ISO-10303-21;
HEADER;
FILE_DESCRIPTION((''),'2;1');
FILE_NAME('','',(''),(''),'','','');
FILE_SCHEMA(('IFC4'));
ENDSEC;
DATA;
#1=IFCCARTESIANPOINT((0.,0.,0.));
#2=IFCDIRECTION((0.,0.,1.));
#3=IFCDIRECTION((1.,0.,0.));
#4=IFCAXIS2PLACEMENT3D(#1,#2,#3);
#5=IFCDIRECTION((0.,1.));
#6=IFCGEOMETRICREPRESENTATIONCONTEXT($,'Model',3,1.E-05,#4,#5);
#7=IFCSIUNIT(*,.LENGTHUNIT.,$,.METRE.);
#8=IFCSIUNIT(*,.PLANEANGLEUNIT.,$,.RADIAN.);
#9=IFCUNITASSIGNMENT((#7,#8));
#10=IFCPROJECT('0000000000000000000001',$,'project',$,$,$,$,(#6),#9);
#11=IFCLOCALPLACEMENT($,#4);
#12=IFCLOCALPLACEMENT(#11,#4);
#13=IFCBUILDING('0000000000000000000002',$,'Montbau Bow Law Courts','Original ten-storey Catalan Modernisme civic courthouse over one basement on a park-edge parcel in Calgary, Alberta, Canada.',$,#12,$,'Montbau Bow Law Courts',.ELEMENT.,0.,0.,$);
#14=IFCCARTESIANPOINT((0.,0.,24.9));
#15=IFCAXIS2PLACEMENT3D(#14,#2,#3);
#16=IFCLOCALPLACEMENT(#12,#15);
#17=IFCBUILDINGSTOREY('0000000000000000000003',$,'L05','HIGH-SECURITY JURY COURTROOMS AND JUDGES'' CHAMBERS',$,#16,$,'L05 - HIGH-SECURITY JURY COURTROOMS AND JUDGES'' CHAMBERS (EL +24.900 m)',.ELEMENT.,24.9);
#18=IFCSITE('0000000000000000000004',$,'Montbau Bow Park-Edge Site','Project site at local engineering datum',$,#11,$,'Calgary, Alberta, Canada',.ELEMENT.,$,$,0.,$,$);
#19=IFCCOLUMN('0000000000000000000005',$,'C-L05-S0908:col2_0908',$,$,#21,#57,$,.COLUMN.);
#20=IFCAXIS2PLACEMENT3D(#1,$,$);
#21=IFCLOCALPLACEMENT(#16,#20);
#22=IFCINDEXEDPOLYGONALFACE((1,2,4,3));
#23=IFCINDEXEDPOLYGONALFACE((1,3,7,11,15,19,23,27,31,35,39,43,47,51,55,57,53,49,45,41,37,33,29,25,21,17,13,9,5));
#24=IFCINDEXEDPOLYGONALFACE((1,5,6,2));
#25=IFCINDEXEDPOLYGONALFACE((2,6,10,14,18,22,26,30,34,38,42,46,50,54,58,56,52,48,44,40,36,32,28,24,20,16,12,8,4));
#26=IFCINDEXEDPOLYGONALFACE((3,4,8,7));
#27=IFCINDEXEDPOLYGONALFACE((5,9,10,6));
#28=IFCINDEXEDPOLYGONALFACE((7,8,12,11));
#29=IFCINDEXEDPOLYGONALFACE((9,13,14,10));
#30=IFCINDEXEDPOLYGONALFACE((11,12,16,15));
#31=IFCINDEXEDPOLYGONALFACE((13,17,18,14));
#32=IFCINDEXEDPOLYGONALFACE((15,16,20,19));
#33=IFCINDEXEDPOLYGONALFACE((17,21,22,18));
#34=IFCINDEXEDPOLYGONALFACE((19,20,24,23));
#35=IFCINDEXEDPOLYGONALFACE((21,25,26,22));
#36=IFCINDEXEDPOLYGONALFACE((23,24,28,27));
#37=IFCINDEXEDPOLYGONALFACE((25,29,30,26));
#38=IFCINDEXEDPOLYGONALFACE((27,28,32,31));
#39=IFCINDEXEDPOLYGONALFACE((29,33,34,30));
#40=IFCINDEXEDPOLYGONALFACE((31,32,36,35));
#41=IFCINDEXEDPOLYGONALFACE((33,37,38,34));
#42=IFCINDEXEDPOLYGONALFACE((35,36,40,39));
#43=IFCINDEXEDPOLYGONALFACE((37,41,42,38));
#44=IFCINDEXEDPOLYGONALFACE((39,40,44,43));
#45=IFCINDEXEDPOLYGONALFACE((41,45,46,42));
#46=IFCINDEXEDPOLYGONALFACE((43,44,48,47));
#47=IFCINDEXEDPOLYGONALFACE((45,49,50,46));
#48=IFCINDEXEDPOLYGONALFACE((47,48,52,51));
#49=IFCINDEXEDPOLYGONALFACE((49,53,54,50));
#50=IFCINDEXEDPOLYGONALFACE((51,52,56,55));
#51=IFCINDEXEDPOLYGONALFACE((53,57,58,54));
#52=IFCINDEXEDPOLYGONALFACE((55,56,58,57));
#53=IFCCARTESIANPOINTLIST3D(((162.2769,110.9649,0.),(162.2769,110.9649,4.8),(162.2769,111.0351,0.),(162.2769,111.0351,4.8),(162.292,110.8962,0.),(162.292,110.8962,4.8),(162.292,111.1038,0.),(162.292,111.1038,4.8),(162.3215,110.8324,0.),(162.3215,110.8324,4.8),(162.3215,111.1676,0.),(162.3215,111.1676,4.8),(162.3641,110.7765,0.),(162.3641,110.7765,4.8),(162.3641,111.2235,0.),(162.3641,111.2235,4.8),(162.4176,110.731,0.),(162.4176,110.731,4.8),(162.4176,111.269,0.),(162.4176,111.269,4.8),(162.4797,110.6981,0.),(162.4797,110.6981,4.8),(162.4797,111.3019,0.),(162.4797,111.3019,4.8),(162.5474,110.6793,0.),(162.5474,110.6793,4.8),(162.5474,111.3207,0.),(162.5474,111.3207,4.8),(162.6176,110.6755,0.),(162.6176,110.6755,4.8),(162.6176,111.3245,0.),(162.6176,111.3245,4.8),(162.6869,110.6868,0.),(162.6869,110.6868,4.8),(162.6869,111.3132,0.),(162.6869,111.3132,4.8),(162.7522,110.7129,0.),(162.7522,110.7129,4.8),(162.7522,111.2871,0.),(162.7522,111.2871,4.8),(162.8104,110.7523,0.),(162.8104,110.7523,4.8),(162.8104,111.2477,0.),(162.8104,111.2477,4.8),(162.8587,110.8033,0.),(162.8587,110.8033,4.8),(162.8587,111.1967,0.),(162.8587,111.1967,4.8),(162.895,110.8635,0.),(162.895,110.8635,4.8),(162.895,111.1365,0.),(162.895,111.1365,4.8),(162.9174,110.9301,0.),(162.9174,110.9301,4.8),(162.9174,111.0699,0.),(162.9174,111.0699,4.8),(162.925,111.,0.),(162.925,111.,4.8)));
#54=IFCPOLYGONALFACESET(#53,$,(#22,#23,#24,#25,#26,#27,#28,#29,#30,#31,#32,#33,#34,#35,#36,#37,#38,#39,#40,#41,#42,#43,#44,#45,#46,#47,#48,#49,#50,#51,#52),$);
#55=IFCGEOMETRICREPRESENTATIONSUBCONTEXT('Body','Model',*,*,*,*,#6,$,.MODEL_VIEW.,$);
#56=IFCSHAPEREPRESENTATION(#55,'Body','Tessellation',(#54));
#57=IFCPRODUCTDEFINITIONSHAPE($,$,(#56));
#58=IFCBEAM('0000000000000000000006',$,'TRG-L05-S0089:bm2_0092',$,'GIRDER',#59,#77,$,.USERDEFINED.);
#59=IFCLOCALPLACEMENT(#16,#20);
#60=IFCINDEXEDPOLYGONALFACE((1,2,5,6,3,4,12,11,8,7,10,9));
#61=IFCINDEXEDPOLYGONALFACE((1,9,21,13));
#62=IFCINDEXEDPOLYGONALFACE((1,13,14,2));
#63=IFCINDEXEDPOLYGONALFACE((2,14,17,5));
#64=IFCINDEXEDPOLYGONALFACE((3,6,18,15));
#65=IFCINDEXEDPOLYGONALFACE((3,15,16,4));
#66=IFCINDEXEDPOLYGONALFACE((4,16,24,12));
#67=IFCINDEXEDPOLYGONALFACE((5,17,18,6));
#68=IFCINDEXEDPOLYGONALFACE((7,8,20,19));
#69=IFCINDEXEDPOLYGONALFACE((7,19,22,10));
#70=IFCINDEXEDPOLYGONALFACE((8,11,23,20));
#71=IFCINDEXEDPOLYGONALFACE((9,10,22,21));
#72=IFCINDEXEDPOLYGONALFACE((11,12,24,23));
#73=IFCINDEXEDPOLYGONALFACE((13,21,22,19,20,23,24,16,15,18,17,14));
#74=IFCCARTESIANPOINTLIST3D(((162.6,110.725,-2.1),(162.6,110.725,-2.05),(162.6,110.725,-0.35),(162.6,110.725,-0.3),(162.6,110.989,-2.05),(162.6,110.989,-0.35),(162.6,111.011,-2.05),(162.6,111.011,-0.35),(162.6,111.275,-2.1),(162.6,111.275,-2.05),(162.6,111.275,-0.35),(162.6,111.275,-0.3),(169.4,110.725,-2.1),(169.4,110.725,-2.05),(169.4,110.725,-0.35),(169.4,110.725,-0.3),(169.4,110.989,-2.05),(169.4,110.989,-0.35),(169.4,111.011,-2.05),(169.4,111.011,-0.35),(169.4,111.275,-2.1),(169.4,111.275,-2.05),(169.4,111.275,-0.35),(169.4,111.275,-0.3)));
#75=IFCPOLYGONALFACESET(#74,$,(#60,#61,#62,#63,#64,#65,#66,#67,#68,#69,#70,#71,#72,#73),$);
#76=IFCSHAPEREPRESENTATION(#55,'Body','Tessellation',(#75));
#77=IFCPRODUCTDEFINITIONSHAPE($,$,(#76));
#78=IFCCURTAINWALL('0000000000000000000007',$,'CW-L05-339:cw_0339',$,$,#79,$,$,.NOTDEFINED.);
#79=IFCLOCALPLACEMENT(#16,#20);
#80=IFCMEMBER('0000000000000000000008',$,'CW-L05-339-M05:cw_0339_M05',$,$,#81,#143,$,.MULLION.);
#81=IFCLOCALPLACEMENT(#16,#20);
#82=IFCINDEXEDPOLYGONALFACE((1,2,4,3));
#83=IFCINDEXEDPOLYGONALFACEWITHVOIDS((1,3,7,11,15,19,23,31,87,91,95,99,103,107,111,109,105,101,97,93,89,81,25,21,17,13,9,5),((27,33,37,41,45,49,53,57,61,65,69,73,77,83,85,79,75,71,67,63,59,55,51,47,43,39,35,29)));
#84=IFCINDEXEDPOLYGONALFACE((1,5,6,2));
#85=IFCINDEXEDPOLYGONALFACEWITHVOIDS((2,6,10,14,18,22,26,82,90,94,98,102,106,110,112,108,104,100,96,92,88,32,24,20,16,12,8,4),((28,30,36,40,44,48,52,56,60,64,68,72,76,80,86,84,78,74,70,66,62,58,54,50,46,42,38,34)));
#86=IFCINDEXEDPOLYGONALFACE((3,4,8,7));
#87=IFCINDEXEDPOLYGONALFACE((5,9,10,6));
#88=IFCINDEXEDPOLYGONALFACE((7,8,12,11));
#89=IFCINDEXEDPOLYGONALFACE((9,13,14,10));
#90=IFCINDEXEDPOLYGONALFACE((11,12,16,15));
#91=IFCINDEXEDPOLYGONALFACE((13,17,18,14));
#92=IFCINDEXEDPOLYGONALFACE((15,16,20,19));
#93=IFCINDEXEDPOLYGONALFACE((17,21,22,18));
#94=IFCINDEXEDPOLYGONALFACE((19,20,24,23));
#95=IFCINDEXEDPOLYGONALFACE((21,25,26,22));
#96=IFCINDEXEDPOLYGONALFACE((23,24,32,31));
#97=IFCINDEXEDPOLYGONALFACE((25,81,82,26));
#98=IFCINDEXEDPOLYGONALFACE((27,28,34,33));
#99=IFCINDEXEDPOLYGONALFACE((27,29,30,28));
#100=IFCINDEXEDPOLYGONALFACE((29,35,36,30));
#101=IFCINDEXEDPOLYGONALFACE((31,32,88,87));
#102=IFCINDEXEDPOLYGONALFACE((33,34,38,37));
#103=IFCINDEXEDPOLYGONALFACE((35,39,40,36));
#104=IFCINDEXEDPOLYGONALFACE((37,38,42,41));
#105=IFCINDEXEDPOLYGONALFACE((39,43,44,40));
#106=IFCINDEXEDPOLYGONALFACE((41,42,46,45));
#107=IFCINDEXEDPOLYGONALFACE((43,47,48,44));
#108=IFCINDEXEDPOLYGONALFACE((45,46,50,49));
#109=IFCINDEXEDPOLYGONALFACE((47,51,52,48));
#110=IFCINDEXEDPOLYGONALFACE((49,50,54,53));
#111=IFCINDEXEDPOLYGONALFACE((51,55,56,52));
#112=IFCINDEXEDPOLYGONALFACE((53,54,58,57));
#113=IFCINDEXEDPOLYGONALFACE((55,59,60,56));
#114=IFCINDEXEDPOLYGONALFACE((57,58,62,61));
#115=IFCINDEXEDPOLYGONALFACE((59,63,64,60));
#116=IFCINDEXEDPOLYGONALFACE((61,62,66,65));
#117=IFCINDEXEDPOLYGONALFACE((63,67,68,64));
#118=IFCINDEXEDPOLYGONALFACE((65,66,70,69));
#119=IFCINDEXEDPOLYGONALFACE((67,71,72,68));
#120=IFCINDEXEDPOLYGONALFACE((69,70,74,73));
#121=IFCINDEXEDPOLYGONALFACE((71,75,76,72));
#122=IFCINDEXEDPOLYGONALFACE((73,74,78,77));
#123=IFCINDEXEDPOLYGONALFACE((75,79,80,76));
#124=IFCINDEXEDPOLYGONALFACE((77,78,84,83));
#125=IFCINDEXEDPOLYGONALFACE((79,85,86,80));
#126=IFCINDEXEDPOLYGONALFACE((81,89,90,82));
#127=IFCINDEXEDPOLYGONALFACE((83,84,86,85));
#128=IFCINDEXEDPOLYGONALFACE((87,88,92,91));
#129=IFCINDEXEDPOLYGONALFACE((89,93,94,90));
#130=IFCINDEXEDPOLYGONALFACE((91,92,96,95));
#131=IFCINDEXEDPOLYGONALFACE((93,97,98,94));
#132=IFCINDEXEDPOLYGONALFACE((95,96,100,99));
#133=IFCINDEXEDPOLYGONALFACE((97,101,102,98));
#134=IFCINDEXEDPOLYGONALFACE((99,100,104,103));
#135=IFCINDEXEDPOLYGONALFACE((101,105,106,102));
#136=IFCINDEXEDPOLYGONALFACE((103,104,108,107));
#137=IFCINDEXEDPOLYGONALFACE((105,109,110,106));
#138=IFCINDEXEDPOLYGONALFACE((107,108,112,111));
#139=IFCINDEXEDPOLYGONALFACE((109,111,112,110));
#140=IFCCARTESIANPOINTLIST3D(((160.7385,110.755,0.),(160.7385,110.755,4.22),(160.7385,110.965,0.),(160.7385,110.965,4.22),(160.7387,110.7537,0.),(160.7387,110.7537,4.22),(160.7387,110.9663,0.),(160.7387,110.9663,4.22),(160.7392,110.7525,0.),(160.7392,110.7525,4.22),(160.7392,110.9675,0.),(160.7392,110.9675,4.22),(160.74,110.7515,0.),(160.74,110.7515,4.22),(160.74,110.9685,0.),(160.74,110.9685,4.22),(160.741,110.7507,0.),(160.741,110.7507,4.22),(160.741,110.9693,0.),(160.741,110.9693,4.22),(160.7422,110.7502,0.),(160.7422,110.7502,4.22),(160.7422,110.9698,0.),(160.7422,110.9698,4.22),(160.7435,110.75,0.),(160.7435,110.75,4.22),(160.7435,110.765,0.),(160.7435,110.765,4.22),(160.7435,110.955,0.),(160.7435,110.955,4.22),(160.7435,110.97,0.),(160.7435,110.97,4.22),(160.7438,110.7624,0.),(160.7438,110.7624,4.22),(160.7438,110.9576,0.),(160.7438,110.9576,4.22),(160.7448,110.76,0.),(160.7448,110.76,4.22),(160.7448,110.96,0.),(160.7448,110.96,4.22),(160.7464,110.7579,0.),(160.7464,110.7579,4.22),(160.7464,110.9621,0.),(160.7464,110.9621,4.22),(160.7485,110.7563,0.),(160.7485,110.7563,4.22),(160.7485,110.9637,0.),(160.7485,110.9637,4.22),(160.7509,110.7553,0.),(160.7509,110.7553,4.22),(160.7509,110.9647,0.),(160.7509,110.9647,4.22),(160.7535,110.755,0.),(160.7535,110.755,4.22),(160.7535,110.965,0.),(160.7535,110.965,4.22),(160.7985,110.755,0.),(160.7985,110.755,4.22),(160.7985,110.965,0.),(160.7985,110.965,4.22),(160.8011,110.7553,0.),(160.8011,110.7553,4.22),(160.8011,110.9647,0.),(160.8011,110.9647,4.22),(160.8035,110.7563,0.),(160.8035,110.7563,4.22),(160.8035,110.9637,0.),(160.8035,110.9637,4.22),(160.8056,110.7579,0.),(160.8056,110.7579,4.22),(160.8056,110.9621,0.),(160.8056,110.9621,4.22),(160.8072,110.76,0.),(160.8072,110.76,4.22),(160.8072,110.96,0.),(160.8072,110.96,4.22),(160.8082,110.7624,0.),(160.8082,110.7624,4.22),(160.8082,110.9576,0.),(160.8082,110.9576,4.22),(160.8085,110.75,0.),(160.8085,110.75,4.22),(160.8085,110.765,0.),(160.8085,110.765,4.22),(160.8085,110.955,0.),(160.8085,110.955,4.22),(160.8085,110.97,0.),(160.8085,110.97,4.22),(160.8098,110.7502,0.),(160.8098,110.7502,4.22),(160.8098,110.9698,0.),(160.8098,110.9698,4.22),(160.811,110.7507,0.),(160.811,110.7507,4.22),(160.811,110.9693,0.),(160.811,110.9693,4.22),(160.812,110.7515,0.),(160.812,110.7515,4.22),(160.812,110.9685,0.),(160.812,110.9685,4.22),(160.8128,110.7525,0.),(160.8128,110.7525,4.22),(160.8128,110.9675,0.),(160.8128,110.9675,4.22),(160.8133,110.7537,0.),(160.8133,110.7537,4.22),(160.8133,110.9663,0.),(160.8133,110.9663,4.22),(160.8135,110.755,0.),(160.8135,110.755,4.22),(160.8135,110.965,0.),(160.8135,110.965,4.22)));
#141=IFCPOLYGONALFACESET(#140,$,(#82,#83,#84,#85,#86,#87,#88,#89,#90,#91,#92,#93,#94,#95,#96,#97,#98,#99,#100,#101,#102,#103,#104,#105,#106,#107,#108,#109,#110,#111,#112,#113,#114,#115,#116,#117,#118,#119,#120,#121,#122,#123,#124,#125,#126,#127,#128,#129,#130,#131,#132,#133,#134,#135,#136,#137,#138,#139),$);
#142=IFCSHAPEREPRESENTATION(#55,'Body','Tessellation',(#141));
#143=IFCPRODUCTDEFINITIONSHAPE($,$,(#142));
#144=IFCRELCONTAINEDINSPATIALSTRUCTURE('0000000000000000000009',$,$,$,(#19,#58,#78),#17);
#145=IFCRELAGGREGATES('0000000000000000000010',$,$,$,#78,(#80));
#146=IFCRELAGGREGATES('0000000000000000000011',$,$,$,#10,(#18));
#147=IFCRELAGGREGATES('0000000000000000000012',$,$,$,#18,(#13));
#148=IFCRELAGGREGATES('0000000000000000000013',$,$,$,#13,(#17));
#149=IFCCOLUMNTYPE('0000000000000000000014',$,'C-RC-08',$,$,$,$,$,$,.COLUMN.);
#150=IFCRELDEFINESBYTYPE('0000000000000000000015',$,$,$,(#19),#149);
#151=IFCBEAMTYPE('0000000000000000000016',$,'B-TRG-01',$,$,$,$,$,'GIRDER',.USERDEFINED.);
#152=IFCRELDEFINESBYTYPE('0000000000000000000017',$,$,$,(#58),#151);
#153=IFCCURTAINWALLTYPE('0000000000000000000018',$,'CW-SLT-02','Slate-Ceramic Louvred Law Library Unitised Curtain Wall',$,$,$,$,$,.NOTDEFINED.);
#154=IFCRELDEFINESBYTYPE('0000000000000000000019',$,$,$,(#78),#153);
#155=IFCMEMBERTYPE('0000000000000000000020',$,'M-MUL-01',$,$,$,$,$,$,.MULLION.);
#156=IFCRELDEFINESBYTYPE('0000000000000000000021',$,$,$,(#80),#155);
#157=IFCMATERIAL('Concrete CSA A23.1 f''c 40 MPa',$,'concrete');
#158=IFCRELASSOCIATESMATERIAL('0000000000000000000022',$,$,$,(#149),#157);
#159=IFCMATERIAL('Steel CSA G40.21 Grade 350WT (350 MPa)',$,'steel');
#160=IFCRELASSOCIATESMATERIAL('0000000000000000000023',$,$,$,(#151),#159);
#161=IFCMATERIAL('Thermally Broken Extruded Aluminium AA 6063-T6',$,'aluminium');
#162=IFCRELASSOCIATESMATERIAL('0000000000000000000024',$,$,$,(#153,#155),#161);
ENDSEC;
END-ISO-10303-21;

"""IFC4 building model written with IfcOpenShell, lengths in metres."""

from ifc_helpers import new_model, si_unit, direction, frame, origin_with_axes, origin_2d_with_axis, place, context, subcontext, project, spatial, hollow_rectangle, circle, i_section, extrude, material, material_profile, profile_set, type_object, element, aggregate, save


model = new_model("IFC4")

# Units and contexts
model_context = context("Model", 3, precision=1e-05, world=origin_with_axes(), true_north=direction((0.0, 1.0)))
body_context = subcontext(model_context, "Body", "Model", "MODEL_VIEW")
ifc_project = project(units=[si_unit("LENGTHUNIT", "METRE"), si_unit("PLANEANGLEUNIT", "RADIAN")], contexts=[model_context])

# Site, building, storey
site_placement = place(None, origin_with_axes())
site = spatial("IfcSite", under=ifc_project, at=site_placement, Name="Montbau Bow Park-Edge Site", Description="Project site at local engineering datum", LongName="Calgary, Alberta, Canada", CompositionType="ELEMENT", RefElevation=0.0)
building_placement = place(site_placement, origin_with_axes())
building = spatial("IfcBuilding", under=site, at=building_placement, Name="Montbau Bow Law Courts", Description="Original ten-storey Catalan Modernisme civic courthouse over one basement on a park-edge parcel in Calgary, Alberta, Canada.", LongName="Montbau Bow Law Courts", CompositionType="ELEMENT", ElevationOfRefHeight=0.0, ElevationOfTerrain=0.0)
storey_placement = place(building_placement, frame((0.0, 0.0, 24.9), z_axis=(0.0, 0.0, 1.0), x_axis=(1.0, 0.0, 0.0)))
storey = spatial("IfcBuildingStorey", under=building, at=storey_placement, Name="L05", Description="HIGH-SECURITY JURY COURTROOMS AND JUDGES' CHAMBERS", LongName="L05 - HIGH-SECURITY JURY COURTROOMS AND JUDGES' CHAMBERS (EL +24.900 m)", CompositionType="ELEMENT", Elevation=24.9)

# Column
ifc_material_1 = material(Name="Concrete CSA A23.1 f'c 40 MPa", Category="concrete")
ifc_material_profile_1 = material_profile(ifc_material_1, circle(Radius=0.325, at=origin_2d_with_axis()), Name="RC650D", Category="Main", Priority=0)
ifc_profile_set_1 = profile_set([ifc_material_profile_1], Name="Concrete CSA A23.1 f'c 40 MPa")
column_type = type_object("IfcColumnType", Name="C-RC-08", PredefinedType="COLUMN", material=ifc_profile_set_1)
column_placement = place(None, frame((162.6, 111.0, 24.9), z_axis=(0.0, 0.0, 1.0), x_axis=(1.0, 0.0, 0.0)))
element("IfcColumn", 1, at=column_placement, inside=storey, type_object=column_type, Name="C-L05-S0908:col2_0908", PredefinedType="COLUMN", context=body_context, shape_type="SweptSolid", body=[
    extrude(circle(Radius=0.325, at=origin_2d_with_axis()), origin_with_axes(), (0.0, 0.0, 1.0), 4.8),
])

# Beam
ifc_material_2 = material(Name="Steel CSA G40.21 Grade 350WT (350 MPa)", Category="steel")
ifc_material_profile_2 = material_profile(ifc_material_2, i_section(OverallWidth=0.55, OverallDepth=1.8, WebThickness=0.022, FlangeThickness=0.05, at=origin_2d_with_axis()), Name="WWF1800X550", Category="Main", Priority=0)
ifc_profile_set_2 = profile_set([ifc_material_profile_2], Name="Steel CSA G40.21 Grade 350WT (350 MPa)")
beam_type = type_object("IfcBeamType", Name="B-TRG-01", ElementType="GIRDER", PredefinedType="USERDEFINED", material=ifc_profile_set_2)
beam_placement = place(None, frame((162.6, 111.0, 23.7), z_axis=(1.0, 0.0, 0.0), x_axis=(0.0, 1.0, 0.0)))
element("IfcBeam", 2, at=beam_placement, inside=storey, type_object=beam_type, Name="TRG-L05-S0089:bm2_0092", ObjectType="GIRDER", PredefinedType="USERDEFINED", context=body_context, shape_type="SweptSolid", body=[
    extrude(i_section(OverallWidth=0.55, OverallDepth=1.8, WebThickness=0.022, FlangeThickness=0.05, at=origin_2d_with_axis()), origin_with_axes(), (0.0, 0.0, 1.0), 6.8),
])

# Curtain wall, member
ifc_material_3 = material(Name="Thermally Broken Extruded Aluminium AA 6063-T6", Category="aluminium")
curtain_wall_type = type_object("IfcCurtainWallType", Name="CW-SLT-02", Description="Slate-Ceramic Louvred Law Library Unitised Curtain Wall", PredefinedType="NOTDEFINED", material=ifc_material_3)
curtain_wall_placement = place(None, frame((155.24, 110.86, 24.9), z_axis=(0.0, 0.0, 1.0), x_axis=(1.0, 0.0, 0.0)))
curtain_wall = element("IfcCurtainWall", 3, at=curtain_wall_placement, inside=storey, type_object=curtain_wall_type, Name="CW-L05-339:cw_0339", PredefinedType="NOTDEFINED")
ifc_material_profile_3 = material_profile(ifc_material_3, hollow_rectangle(XDim=0.075, YDim=0.22, WallThickness=0.005, InnerFilletRadius=0.01, OuterFilletRadius=0.005, at=origin_2d_with_axis()), Name="CWM-220X75", Category="Main", Priority=0)
ifc_profile_set_3 = profile_set([ifc_material_profile_3], Name="Thermally Broken Extruded Aluminium AA 6063-T6")
member_type_1 = type_object("IfcMemberType", Name="M-MUL-01", PredefinedType="MULLION", material=ifc_profile_set_3)
member_1_placement = place(None, frame((160.776, 110.86, 24.9), z_axis=(0.0, 0.0, 1.0), x_axis=(1.0, 0.0, 0.0)))
member_1 = element("IfcMember", 4, at=member_1_placement, type_object=member_type_1, Name="CW-L05-339-M05:cw_0339_M05", PredefinedType="MULLION", context=body_context, shape_type="SweptSolid", body=[
    extrude(hollow_rectangle(XDim=0.075, YDim=0.22, WallThickness=0.005, InnerFilletRadius=0.01, OuterFilletRadius=0.005, at=origin_2d_with_axis()), origin_with_axes(), (0.0, 0.0, 1.0), 4.22),
])
aggregate(curtain_wall, [member_1])

save(model, "model.ifc")
